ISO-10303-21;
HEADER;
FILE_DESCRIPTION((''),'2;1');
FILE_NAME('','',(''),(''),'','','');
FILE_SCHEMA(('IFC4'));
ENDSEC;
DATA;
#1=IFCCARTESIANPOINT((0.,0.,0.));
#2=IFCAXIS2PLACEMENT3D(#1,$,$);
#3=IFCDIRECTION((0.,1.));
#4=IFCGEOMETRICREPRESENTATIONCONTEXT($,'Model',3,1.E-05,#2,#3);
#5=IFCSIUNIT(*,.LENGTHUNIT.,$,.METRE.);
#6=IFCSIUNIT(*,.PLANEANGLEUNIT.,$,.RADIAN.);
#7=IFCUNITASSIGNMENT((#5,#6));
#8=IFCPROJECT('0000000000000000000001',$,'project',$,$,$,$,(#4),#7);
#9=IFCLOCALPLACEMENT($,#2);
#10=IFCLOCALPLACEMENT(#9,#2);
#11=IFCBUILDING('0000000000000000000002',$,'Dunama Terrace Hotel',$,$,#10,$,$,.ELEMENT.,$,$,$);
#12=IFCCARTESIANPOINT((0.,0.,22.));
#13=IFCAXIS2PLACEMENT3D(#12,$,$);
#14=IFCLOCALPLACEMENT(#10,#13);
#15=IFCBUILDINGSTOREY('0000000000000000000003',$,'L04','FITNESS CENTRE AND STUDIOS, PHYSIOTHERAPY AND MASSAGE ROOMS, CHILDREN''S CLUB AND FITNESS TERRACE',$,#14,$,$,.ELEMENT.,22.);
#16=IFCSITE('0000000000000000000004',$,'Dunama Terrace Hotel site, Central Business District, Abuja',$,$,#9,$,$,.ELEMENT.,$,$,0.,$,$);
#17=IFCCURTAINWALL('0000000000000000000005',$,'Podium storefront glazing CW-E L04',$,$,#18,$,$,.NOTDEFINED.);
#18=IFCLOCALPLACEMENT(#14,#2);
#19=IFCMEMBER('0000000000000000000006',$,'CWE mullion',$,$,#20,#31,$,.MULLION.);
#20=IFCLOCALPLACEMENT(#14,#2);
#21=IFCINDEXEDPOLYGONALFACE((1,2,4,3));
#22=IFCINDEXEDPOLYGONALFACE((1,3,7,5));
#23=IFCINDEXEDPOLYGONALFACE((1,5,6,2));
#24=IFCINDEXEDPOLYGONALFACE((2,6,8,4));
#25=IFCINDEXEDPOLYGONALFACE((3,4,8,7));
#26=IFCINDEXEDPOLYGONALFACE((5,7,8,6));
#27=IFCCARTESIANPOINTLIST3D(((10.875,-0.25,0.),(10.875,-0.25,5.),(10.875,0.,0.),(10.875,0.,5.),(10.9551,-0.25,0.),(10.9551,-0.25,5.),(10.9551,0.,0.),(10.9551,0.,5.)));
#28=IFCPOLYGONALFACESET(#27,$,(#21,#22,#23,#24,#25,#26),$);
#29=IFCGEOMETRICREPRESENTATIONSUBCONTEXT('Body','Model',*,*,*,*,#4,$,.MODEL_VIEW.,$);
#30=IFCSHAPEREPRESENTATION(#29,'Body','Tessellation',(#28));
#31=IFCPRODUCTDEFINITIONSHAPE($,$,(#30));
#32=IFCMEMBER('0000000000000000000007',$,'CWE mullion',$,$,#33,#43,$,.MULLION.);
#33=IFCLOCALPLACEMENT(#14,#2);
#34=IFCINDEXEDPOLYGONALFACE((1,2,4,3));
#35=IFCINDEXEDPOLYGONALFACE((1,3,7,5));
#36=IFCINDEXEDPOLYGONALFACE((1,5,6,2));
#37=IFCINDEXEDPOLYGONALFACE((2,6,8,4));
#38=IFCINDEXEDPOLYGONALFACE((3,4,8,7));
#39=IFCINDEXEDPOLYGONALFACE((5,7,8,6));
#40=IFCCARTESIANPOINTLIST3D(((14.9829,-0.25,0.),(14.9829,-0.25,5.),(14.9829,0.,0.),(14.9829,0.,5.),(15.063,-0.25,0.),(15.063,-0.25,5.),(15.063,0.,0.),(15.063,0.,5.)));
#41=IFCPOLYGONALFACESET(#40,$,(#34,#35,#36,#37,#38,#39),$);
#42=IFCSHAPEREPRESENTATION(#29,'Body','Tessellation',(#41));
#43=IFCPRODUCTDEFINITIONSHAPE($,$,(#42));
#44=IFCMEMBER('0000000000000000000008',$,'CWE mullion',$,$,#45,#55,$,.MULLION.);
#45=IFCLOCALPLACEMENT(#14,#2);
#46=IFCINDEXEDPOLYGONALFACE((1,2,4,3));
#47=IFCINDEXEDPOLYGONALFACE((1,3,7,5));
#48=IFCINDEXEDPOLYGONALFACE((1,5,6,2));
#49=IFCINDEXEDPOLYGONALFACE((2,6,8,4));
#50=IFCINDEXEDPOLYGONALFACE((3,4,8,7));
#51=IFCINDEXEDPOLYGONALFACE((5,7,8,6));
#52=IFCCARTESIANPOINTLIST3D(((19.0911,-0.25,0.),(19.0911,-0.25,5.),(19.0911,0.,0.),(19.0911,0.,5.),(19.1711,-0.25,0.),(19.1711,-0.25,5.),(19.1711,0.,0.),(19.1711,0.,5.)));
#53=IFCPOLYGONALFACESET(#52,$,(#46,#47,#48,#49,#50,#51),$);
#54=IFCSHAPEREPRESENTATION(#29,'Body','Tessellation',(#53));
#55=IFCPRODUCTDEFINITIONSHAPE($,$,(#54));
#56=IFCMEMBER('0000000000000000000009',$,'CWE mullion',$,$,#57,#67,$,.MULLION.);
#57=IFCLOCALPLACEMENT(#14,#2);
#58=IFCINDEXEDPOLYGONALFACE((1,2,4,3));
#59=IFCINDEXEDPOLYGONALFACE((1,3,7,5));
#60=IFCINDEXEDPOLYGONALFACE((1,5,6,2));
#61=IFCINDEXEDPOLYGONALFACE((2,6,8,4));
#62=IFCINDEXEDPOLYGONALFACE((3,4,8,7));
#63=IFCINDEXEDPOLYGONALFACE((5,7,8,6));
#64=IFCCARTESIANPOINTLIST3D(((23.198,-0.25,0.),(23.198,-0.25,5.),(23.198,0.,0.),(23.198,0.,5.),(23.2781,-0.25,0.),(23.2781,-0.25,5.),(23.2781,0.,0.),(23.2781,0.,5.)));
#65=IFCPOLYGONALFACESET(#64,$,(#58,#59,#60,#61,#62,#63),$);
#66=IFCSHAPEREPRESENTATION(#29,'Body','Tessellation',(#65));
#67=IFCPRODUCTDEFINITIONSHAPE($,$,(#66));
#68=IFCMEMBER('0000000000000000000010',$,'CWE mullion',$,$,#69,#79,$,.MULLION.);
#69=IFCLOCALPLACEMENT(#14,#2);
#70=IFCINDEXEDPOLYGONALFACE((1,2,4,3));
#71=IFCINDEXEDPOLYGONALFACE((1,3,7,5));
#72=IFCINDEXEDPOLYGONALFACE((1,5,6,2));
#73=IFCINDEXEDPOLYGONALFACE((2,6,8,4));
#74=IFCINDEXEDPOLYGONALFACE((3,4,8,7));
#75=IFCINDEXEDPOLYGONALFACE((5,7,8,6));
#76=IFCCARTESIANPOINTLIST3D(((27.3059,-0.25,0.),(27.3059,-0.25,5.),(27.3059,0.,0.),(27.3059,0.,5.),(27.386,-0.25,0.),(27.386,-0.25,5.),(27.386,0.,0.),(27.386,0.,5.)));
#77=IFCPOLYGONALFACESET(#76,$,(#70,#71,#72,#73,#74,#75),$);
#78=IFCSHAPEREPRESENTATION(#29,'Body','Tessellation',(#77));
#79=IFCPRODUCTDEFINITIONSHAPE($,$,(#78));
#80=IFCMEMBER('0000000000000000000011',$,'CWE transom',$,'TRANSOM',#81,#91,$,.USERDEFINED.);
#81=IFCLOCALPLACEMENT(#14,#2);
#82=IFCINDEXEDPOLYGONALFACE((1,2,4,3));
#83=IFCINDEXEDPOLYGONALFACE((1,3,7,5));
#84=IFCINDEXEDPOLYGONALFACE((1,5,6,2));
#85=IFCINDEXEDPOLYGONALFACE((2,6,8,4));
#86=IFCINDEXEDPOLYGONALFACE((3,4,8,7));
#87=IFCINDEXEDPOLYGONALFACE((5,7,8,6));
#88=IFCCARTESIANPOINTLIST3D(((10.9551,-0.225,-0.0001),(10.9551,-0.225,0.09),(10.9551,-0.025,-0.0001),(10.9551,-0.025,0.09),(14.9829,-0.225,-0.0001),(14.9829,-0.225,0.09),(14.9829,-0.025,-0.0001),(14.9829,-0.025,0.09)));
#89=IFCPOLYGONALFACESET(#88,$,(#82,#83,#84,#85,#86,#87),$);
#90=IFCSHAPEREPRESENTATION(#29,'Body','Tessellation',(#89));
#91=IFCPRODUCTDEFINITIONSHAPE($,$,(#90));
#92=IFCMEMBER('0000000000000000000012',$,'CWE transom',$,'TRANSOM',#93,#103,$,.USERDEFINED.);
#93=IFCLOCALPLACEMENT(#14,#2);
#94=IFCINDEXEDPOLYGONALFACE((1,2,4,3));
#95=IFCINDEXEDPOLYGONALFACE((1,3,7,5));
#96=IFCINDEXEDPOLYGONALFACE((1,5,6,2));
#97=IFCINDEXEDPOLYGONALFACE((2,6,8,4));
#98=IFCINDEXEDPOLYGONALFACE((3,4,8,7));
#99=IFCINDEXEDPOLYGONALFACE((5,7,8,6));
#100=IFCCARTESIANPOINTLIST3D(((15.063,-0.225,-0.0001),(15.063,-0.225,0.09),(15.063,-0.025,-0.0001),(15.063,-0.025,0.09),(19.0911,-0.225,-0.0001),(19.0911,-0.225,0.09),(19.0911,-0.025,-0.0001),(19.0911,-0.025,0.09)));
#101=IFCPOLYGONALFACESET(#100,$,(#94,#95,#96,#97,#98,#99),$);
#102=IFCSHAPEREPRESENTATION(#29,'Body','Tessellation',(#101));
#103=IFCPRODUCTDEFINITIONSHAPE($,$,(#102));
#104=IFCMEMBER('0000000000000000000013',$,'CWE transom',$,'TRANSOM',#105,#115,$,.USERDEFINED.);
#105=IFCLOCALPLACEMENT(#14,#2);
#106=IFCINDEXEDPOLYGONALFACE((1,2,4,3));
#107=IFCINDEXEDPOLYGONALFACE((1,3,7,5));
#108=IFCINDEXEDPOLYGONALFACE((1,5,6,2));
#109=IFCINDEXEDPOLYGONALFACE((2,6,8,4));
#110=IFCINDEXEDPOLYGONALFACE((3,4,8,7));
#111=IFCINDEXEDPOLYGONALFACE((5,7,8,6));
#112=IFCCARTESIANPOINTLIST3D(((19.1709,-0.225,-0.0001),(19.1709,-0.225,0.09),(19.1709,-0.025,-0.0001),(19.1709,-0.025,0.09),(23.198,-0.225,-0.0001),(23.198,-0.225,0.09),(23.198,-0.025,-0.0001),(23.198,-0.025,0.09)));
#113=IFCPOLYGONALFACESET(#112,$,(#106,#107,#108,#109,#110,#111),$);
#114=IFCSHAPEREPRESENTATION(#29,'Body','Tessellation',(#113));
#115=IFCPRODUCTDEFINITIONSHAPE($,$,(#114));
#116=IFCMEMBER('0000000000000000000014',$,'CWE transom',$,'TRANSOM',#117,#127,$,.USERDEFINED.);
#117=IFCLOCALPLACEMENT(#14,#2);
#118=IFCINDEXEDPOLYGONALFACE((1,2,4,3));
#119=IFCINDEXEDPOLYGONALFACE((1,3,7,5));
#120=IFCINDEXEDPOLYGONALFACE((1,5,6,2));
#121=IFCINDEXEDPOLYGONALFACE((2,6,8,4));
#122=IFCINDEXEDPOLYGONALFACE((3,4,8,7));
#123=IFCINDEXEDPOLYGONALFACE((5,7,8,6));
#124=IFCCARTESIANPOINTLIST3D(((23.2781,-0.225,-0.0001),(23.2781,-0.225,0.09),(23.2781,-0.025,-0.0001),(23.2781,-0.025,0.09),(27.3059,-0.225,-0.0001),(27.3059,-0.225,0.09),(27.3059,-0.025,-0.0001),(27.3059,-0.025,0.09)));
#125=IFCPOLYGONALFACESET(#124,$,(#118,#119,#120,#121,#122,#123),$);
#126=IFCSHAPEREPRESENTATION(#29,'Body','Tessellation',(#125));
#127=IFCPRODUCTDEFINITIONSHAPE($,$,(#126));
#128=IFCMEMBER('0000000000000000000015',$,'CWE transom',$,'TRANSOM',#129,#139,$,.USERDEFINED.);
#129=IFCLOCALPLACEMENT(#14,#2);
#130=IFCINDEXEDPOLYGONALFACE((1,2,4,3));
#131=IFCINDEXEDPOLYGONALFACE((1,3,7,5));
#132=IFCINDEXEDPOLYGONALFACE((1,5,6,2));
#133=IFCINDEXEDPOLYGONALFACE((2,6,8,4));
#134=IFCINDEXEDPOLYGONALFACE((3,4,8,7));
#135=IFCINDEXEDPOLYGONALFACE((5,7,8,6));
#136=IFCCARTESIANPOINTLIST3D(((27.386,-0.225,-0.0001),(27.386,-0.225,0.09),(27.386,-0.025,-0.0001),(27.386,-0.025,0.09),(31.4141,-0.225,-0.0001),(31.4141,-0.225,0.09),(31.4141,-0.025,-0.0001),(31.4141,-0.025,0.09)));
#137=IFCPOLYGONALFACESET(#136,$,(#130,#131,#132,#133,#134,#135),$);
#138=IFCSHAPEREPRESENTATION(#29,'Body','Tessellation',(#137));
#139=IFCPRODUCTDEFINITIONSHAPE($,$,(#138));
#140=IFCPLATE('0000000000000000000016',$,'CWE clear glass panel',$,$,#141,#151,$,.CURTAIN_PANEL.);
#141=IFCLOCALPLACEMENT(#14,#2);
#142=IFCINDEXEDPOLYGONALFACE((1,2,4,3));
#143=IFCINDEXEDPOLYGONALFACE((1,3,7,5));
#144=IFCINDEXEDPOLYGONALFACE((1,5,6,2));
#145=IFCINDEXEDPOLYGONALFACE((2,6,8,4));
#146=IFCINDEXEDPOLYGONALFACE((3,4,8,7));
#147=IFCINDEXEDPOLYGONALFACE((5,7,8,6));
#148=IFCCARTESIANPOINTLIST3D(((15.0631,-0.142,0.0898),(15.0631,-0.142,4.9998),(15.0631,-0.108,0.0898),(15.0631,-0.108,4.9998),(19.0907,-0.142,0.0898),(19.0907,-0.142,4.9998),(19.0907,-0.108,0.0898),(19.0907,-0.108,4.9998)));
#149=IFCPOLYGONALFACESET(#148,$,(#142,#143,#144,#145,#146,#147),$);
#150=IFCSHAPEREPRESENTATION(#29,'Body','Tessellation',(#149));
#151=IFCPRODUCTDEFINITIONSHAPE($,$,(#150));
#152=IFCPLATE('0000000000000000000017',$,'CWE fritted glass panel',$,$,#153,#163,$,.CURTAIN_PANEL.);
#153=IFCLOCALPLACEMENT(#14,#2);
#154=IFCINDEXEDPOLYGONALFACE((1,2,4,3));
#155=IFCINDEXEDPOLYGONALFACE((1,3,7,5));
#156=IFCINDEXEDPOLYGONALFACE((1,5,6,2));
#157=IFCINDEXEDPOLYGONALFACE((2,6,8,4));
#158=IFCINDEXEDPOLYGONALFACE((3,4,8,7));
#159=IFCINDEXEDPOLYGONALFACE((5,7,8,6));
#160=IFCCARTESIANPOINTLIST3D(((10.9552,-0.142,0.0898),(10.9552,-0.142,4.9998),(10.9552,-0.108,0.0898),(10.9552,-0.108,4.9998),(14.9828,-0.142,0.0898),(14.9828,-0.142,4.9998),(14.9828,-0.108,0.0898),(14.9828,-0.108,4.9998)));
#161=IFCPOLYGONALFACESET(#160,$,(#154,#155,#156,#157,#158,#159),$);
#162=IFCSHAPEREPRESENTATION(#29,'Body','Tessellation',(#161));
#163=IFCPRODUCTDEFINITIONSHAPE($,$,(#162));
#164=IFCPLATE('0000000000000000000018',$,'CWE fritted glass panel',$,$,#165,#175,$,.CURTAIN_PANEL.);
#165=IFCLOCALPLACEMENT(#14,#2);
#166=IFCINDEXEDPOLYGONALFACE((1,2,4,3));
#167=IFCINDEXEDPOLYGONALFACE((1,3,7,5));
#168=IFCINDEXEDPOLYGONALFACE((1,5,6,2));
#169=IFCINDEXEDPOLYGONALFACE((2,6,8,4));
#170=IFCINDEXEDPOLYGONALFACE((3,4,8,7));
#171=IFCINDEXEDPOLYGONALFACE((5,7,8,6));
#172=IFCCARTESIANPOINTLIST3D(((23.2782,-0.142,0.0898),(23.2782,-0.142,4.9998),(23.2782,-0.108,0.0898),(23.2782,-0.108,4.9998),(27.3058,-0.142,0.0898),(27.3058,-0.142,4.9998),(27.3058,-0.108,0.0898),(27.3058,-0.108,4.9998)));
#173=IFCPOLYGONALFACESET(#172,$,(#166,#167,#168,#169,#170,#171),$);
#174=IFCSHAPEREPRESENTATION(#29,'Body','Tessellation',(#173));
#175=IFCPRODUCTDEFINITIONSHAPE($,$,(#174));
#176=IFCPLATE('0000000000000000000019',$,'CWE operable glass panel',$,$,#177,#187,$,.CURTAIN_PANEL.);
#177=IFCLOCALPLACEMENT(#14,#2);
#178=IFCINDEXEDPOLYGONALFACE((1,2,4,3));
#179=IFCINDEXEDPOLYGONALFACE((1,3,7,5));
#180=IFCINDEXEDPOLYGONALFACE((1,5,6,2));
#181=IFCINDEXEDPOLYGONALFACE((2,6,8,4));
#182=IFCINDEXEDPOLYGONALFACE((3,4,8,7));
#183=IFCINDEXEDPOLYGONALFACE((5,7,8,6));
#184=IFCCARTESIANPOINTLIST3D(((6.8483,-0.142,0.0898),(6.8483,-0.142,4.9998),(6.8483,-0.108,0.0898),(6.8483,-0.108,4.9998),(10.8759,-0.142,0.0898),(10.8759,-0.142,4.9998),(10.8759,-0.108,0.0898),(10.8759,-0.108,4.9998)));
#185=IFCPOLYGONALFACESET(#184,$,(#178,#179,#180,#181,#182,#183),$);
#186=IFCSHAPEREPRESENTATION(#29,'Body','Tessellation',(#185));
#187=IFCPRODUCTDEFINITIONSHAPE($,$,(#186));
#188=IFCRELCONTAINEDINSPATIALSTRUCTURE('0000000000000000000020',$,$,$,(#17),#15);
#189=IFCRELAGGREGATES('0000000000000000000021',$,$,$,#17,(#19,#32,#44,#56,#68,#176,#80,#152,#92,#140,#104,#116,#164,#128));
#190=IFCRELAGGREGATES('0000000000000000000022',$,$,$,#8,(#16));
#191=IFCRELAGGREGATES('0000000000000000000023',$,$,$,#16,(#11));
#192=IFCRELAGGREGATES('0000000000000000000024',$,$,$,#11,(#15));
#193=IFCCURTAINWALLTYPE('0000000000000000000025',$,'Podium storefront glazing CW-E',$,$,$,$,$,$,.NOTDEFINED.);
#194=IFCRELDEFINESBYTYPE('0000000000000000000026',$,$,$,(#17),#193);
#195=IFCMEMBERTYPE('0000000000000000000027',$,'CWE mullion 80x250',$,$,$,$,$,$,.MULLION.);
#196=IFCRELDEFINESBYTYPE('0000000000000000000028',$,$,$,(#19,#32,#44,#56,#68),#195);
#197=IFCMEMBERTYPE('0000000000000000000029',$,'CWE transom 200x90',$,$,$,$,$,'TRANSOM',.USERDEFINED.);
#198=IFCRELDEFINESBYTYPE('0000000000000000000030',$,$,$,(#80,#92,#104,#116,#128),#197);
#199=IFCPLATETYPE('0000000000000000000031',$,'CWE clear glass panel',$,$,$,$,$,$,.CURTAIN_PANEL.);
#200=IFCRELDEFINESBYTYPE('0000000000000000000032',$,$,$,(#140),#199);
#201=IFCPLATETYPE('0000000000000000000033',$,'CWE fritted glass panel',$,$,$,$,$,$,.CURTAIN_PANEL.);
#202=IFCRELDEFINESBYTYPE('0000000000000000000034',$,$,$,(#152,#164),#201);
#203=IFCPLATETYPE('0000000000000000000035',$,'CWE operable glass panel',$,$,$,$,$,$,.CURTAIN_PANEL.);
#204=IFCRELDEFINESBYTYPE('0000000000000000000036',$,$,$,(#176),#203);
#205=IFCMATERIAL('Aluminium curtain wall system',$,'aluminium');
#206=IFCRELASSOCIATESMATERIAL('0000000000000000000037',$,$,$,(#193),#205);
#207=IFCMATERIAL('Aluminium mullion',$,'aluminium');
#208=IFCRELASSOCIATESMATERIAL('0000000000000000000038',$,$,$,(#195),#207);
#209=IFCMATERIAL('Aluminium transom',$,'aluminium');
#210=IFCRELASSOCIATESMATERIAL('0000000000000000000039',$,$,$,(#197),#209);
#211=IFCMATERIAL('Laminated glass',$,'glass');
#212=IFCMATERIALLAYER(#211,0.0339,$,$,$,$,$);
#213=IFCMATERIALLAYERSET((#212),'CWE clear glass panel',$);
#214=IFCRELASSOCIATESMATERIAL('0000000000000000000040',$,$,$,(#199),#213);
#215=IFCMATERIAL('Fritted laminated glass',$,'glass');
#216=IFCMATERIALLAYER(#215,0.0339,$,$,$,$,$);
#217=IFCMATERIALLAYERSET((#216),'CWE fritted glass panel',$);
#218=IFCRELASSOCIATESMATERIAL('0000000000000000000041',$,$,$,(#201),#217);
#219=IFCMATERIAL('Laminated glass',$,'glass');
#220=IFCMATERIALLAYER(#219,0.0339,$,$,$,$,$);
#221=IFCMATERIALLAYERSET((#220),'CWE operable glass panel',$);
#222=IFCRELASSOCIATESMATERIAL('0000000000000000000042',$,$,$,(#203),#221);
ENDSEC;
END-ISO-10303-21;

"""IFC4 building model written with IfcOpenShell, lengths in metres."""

from ifc_helpers import new_model, si_unit, direction, frame, origin, origin_2d, place, context, subcontext, project, spatial, rectangle, extrude, material, layer, layer_set, material_profile, profile_set, type_object, element, aggregate, save


model = new_model("IFC4")

# Units and contexts
model_context = context("Model", 3, precision=1e-05, world=origin(), true_north=direction((0.0, 1.0)))
body_context = subcontext(model_context, "Body", "Model", "MODEL_VIEW")
ifc_project = project(units=[si_unit("LENGTHUNIT", "METRE"), si_unit("PLANEANGLEUNIT", "RADIAN")], contexts=[model_context])

# Site, building, storey
site_placement = place(None, origin())
site = spatial("IfcSite", under=ifc_project, at=site_placement, Name="Dunama Terrace Hotel site, Central Business District, Abuja", CompositionType="ELEMENT", RefElevation=0.0)
building_placement = place(site_placement, origin())
building = spatial("IfcBuilding", under=site, at=building_placement, Name="Dunama Terrace Hotel", CompositionType="ELEMENT")
storey_placement = place(building_placement, frame((0.0, 0.0, 22.0)))
storey = spatial("IfcBuildingStorey", under=building, at=storey_placement, Name="L04", Description="FITNESS CENTRE AND STUDIOS, PHYSIOTHERAPY AND MASSAGE ROOMS, CHILDREN'S CLUB AND FITNESS TERRACE", CompositionType="ELEMENT", Elevation=22.0)

# Curtain wall, members, plates
ifc_material_1 = material(Name="Aluminium curtain wall system", Category="aluminium")
curtain_wall_type = type_object("IfcCurtainWallType", Name="Podium storefront glazing CW-E", PredefinedType="NOTDEFINED", material=ifc_material_1)
curtain_wall_placement = place(storey_placement, origin())
curtain_wall = element("IfcCurtainWall", 1, at=curtain_wall_placement, inside=storey, type_object=curtain_wall_type, Name="Podium storefront glazing CW-E L04", PredefinedType="NOTDEFINED")
ifc_material_2 = material(Name="Aluminium mullion", Category="aluminium")
ifc_material_profile_1 = material_profile(ifc_material_2, rectangle(XDim=0.0801, YDim=0.25, at=origin_2d()), Name="CWE MULLION 80X250")
ifc_profile_set_1 = profile_set([ifc_material_profile_1], Name="Aluminium mullion")
member_type_1 = type_object("IfcMemberType", Name="CWE mullion 80x250", PredefinedType="MULLION", material=ifc_profile_set_1)
member_1_placement = place(storey_placement, frame((10.915, -0.125, 0.0), z_axis=(0.0, 0.0, 1.0), x_axis=(1.0, 0.0, 0.0)))
member_1 = element("IfcMember", 2, at=member_1_placement, type_object=member_type_1, Name="CWE mullion", PredefinedType="MULLION", context=body_context, shape_type="SweptSolid", body=[
    extrude(rectangle(XDim=0.0801, YDim=0.25, at=origin_2d()), origin(), (0.0, 0.0, 1.0), 5.0),
])
member_2_placement = place(storey_placement, frame((15.0229, -0.125, 0.0), z_axis=(0.0, 0.0, 1.0), x_axis=(1.0, 0.0, 0.0)))
member_2 = element("IfcMember", 3, at=member_2_placement, type_object=member_type_1, Name="CWE mullion", PredefinedType="MULLION", context=body_context, shape_type="SweptSolid", body=[
    extrude(rectangle(XDim=0.0801, YDim=0.25, at=origin_2d()), origin(), (0.0, 0.0, 1.0), 5.0),
])
member_3_placement = place(storey_placement, frame((19.1311, -0.125, 0.0), z_axis=(0.0, 0.0, 1.0), x_axis=(1.0, 0.0, 0.0)))
member_3 = element("IfcMember", 4, at=member_3_placement, type_object=member_type_1, Name="CWE mullion", PredefinedType="MULLION", context=body_context, shape_type="SweptSolid", body=[
    extrude(rectangle(XDim=0.0801, YDim=0.25, at=origin_2d()), origin(), (0.0, 0.0, 1.0), 5.0),
])
member_4_placement = place(storey_placement, frame((23.238, -0.125, 0.0), z_axis=(0.0, 0.0, 1.0), x_axis=(1.0, 0.0, 0.0)))
member_4 = element("IfcMember", 5, at=member_4_placement, type_object=member_type_1, Name="CWE mullion", PredefinedType="MULLION", context=body_context, shape_type="SweptSolid", body=[
    extrude(rectangle(XDim=0.0801, YDim=0.25, at=origin_2d()), origin(), (0.0, 0.0, 1.0), 5.0),
])
member_5_placement = place(storey_placement, frame((27.3459, -0.125, 0.0), z_axis=(0.0, 0.0, 1.0), x_axis=(1.0, 0.0, 0.0)))
member_5 = element("IfcMember", 6, at=member_5_placement, type_object=member_type_1, Name="CWE mullion", PredefinedType="MULLION", context=body_context, shape_type="SweptSolid", body=[
    extrude(rectangle(XDim=0.0801, YDim=0.25, at=origin_2d()), origin(), (0.0, 0.0, 1.0), 5.0),
])
ifc_material_3 = material(Name="Aluminium transom", Category="aluminium")
ifc_material_profile_2 = material_profile(ifc_material_3, rectangle(XDim=0.2, YDim=0.0901, at=origin_2d()), Name="CWE TRANSOM 200X90")
ifc_profile_set_2 = profile_set([ifc_material_profile_2], Name="Aluminium transom")
member_type_2 = type_object("IfcMemberType", Name="CWE transom 200x90", ElementType="TRANSOM", PredefinedType="USERDEFINED", material=ifc_profile_set_2)
member_6_placement = place(storey_placement, frame((10.9551, -0.125, 0.0449), z_axis=(1.0, 0.0, 0.0), x_axis=(0.0, 1.0, 0.0)))
member_6 = element("IfcMember", 7, at=member_6_placement, type_object=member_type_2, Name="CWE transom", ObjectType="TRANSOM", PredefinedType="USERDEFINED", context=body_context, shape_type="SweptSolid", body=[
    extrude(rectangle(XDim=0.2, YDim=0.0901, at=origin_2d()), origin(), (0.0, 0.0, 1.0), 4.0278),
])
member_7_placement = place(storey_placement, frame((15.063, -0.125, 0.0449), z_axis=(1.0, 0.0, 0.0), x_axis=(0.0, 1.0, 0.0)))
member_7 = element("IfcMember", 8, at=member_7_placement, type_object=member_type_2, Name="CWE transom", ObjectType="TRANSOM", PredefinedType="USERDEFINED", context=body_context, shape_type="SweptSolid", body=[
    extrude(rectangle(XDim=0.2, YDim=0.0901, at=origin_2d()), origin(), (0.0, 0.0, 1.0), 4.0281),
])
member_8_placement = place(storey_placement, frame((19.1709, -0.125, 0.0449), z_axis=(1.0, 0.0, 0.0), x_axis=(0.0, 1.0, 0.0)))
member_8 = element("IfcMember", 9, at=member_8_placement, type_object=member_type_2, Name="CWE transom", ObjectType="TRANSOM", PredefinedType="USERDEFINED", context=body_context, shape_type="SweptSolid", body=[
    extrude(rectangle(XDim=0.2, YDim=0.0901, at=origin_2d()), origin(), (0.0, 0.0, 1.0), 4.0271),
])
member_9_placement = place(storey_placement, frame((23.2781, -0.125, 0.0449), z_axis=(1.0, 0.0, 0.0), x_axis=(0.0, 1.0, 0.0)))
member_9 = element("IfcMember", 10, at=member_9_placement, type_object=member_type_2, Name="CWE transom", ObjectType="TRANSOM", PredefinedType="USERDEFINED", context=body_context, shape_type="SweptSolid", body=[
    extrude(rectangle(XDim=0.2, YDim=0.0901, at=origin_2d()), origin(), (0.0, 0.0, 1.0), 4.0278),
])
member_10_placement = place(storey_placement, frame((27.386, -0.125, 0.0449), z_axis=(1.0, 0.0, 0.0), x_axis=(0.0, 1.0, 0.0)))
member_10 = element("IfcMember", 11, at=member_10_placement, type_object=member_type_2, Name="CWE transom", ObjectType="TRANSOM", PredefinedType="USERDEFINED", context=body_context, shape_type="SweptSolid", body=[
    extrude(rectangle(XDim=0.2, YDim=0.0901, at=origin_2d()), origin(), (0.0, 0.0, 1.0), 4.0281),
])
ifc_material_4 = material(Name="Laminated glass", Category="glass")
ifc_layer_1 = layer(ifc_material_4, 0.0339)
ifc_layer_set_1 = layer_set([ifc_layer_1], Name="CWE clear glass panel")
plate_type_1 = type_object("IfcPlateType", Name="CWE clear glass panel", PredefinedType="CURTAIN_PANEL", material=ifc_layer_set_1)
plate_1_placement = place(storey_placement, frame((17.0769, -0.125, 0.0898), z_axis=(0.0, 0.0, 1.0), x_axis=(1.0, 0.0, 0.0)))
plate_1 = element("IfcPlate", 12, at=plate_1_placement, type_object=plate_type_1, Name="CWE clear glass panel", PredefinedType="CURTAIN_PANEL", context=body_context, shape_type="SweptSolid", body=[
    extrude(rectangle(XDim=4.0276, YDim=0.0339, at=origin_2d()), origin(), (0.0, 0.0, 1.0), 4.9099),
])
ifc_material_5 = material(Name="Fritted laminated glass", Category="glass")
ifc_layer_2 = layer(ifc_material_5, 0.0339)
ifc_layer_set_2 = layer_set([ifc_layer_2], Name="CWE fritted glass panel")
plate_type_2 = type_object("IfcPlateType", Name="CWE fritted glass panel", PredefinedType="CURTAIN_PANEL", material=ifc_layer_set_2)
plate_2_placement = place(storey_placement, frame((12.969, -0.125, 0.0898), z_axis=(0.0, 0.0, 1.0), x_axis=(1.0, 0.0, 0.0)))
plate_2 = element("IfcPlate", 13, at=plate_2_placement, type_object=plate_type_2, Name="CWE fritted glass panel", PredefinedType="CURTAIN_PANEL", context=body_context, shape_type="SweptSolid", body=[
    extrude(rectangle(XDim=4.0276, YDim=0.0339, at=origin_2d()), origin(), (0.0, 0.0, 1.0), 4.9099),
])
plate_3_placement = place(storey_placement, frame((25.292, -0.125, 0.0898), z_axis=(0.0, 0.0, 1.0), x_axis=(1.0, 0.0, 0.0)))
plate_3 = element("IfcPlate", 14, at=plate_3_placement, type_object=plate_type_2, Name="CWE fritted glass panel", PredefinedType="CURTAIN_PANEL", context=body_context, shape_type="SweptSolid", body=[
    extrude(rectangle(XDim=4.0276, YDim=0.0339, at=origin_2d()), origin(), (0.0, 0.0, 1.0), 4.9099),
])
ifc_material_6 = material(Name="Laminated glass", Category="glass")
ifc_layer_3 = layer(ifc_material_6, 0.0339)
ifc_layer_set_3 = layer_set([ifc_layer_3], Name="CWE operable glass panel")
plate_type_3 = type_object("IfcPlateType", Name="CWE operable glass panel", PredefinedType="CURTAIN_PANEL", material=ifc_layer_set_3)
plate_4_placement = place(storey_placement, frame((8.8621, -0.125, 0.0898), z_axis=(0.0, 0.0, 1.0), x_axis=(1.0, 0.0, 0.0)))
plate_4 = element("IfcPlate", 15, at=plate_4_placement, type_object=plate_type_3, Name="CWE operable glass panel", PredefinedType="CURTAIN_PANEL", context=body_context, shape_type="SweptSolid", body=[
    extrude(rectangle(XDim=4.0276, YDim=0.0339, at=origin_2d()), origin(), (0.0, 0.0, 1.0), 4.9099),
])
aggregate(curtain_wall, [member_1, member_2, member_3, member_4, member_5, plate_4, member_6, plate_2, member_7, plate_1, member_8, member_9, plate_3, member_10])

save(model, "model.ifc")
